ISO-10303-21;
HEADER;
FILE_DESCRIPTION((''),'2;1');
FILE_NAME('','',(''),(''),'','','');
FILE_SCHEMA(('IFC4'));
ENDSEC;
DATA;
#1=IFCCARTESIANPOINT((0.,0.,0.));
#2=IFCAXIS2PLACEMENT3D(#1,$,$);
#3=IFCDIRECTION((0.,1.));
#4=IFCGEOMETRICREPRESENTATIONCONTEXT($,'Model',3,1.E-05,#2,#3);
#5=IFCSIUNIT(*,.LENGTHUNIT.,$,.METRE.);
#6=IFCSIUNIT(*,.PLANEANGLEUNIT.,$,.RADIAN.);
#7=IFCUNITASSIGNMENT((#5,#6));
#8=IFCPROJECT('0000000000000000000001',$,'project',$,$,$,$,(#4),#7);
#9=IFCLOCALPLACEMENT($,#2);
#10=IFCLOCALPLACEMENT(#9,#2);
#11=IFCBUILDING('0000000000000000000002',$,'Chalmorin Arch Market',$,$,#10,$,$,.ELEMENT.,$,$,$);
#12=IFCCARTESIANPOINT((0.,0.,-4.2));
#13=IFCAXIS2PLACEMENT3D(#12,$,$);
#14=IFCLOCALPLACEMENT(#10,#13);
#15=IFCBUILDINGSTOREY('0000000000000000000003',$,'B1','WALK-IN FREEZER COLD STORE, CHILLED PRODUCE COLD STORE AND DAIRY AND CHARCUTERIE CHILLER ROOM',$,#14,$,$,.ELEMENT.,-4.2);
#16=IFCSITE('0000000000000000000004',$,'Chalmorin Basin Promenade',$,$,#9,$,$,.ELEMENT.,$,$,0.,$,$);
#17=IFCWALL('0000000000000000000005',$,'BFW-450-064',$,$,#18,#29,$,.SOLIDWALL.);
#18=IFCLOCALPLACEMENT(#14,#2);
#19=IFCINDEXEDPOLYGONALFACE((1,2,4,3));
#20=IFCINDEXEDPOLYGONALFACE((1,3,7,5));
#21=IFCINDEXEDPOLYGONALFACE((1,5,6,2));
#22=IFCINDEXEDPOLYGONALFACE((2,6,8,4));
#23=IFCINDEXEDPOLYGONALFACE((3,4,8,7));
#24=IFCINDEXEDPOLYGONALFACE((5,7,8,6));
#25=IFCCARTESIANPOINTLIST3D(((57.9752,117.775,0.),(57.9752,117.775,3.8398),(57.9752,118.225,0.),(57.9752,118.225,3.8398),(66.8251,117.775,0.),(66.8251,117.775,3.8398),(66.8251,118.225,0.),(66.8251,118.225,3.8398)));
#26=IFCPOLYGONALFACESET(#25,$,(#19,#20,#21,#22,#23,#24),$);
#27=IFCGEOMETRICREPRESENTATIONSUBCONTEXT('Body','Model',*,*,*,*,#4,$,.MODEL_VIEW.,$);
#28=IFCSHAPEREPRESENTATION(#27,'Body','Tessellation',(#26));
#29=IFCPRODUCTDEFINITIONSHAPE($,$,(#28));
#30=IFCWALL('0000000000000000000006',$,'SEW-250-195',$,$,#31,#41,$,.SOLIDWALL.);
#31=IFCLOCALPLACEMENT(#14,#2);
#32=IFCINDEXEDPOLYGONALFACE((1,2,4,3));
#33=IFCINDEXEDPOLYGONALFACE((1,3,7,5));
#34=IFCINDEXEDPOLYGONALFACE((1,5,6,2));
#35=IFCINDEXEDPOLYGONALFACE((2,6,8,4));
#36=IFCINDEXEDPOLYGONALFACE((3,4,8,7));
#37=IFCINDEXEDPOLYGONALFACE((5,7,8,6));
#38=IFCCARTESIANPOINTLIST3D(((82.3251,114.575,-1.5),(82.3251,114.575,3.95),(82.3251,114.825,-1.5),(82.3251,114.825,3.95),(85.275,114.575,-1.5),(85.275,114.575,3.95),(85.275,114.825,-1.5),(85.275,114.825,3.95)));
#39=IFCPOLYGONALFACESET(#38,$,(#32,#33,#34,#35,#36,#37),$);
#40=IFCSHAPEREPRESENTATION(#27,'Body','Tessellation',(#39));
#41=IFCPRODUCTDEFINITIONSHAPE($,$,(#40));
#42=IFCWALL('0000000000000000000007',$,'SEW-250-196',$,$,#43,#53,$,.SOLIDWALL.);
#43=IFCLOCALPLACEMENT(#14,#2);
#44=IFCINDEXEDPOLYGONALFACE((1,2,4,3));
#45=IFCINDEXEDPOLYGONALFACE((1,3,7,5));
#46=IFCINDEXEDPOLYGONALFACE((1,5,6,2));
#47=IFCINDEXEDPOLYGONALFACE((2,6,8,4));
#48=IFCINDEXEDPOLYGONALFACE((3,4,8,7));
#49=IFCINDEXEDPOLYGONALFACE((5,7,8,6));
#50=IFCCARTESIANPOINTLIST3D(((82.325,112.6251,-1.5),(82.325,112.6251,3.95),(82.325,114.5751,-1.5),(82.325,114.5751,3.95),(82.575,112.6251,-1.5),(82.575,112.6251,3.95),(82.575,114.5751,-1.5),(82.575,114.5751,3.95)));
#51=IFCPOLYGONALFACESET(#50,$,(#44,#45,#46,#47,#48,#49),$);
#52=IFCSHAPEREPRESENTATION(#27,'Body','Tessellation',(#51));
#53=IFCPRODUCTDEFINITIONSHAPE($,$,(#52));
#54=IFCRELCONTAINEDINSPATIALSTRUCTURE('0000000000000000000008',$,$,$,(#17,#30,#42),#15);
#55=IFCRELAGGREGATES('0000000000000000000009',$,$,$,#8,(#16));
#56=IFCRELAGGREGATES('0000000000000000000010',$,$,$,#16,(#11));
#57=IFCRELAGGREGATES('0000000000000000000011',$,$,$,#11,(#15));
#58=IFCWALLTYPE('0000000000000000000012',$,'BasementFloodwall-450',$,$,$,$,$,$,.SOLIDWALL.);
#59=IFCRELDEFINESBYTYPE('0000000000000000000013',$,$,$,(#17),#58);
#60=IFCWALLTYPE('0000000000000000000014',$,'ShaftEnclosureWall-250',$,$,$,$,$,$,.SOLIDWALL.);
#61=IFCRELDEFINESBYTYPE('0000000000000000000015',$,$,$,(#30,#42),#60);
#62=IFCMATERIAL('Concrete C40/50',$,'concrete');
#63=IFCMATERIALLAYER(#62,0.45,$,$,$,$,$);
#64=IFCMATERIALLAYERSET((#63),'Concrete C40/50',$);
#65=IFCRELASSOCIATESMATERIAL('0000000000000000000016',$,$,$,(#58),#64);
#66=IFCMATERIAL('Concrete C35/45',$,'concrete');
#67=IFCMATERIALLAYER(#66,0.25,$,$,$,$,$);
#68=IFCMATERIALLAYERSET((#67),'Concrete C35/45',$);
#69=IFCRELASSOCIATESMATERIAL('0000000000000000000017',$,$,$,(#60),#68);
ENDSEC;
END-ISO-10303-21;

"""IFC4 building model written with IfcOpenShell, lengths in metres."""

from ifc_helpers import new_model, si_unit, direction, frame, frame_2d, origin, place, context, subcontext, project, spatial, rectangle, extrude, material, layer, layer_set, type_object, element, save


model = new_model("IFC4")

# Units and contexts
model_context = context("Model", 3, precision=1e-05, world=origin(), true_north=direction((0.0, 1.0)))
body_context = subcontext(model_context, "Body", "Model", "MODEL_VIEW")
ifc_project = project(units=[si_unit("LENGTHUNIT", "METRE"), si_unit("PLANEANGLEUNIT", "RADIAN")], contexts=[model_context])

# Site, building, storey
site_placement = place(None, origin())
site = spatial("IfcSite", under=ifc_project, at=site_placement, Name="Chalmorin Basin Promenade", CompositionType="ELEMENT", RefElevation=0.0)
building_placement = place(site_placement, origin())
building = spatial("IfcBuilding", under=site, at=building_placement, Name="Chalmorin Arch Market", CompositionType="ELEMENT")
storey_placement = place(building_placement, frame((0.0, 0.0, -4.2)))
storey = spatial("IfcBuildingStorey", under=building, at=storey_placement, Name="B1", Description="WALK-IN FREEZER COLD STORE, CHILLED PRODUCE COLD STORE AND DAIRY AND CHARCUTERIE CHILLER ROOM", CompositionType="ELEMENT", Elevation=-4.2)

# Shared definitions
ifc_material_1 = material(Name="Concrete C40/50", Category="concrete")

# Walls
ifc_layer_1 = layer(ifc_material_1, 0.45)
ifc_layer_set_1 = layer_set([ifc_layer_1], Name="Concrete C40/50")
wall_type_1 = type_object("IfcWallType", Name="BasementFloodwall-450", PredefinedType="SOLIDWALL", material=ifc_layer_set_1)
wall_1_placement = place(storey_placement, frame((66.825, 118.0, 0.0), z_axis=(0.0, 0.0, 1.0), x_axis=(-1.0, 0.0, 0.0)))
element("IfcWall", 1, at=wall_1_placement, inside=storey, type_object=wall_type_1, Name="BFW-450-064", PredefinedType="SOLIDWALL", context=body_context, shape_type="SweptSolid", body=[
    extrude(rectangle(XDim=8.8499, YDim=0.45, at=frame_2d((4.4248, 0.0))), origin(), (0.0, 0.0, 1.0), 3.8398),
])
ifc_material_2 = material(Name="Concrete C35/45", Category="concrete")
ifc_layer_2 = layer(ifc_material_2, 0.25)
ifc_layer_set_2 = layer_set([ifc_layer_2], Name="Concrete C35/45")
wall_type_2 = type_object("IfcWallType", Name="ShaftEnclosureWall-250", PredefinedType="SOLIDWALL", material=ifc_layer_set_2)
wall_2_placement = place(storey_placement, frame((82.325, 114.7, -1.5), z_axis=(0.0, 0.0, 1.0), x_axis=(1.0, 0.0, 0.0)))
element("IfcWall", 2, at=wall_2_placement, inside=storey, type_object=wall_type_2, Name="SEW-250-195", PredefinedType="SOLIDWALL", context=body_context, shape_type="SweptSolid", body=[
    extrude(rectangle(XDim=2.95, YDim=0.25, at=frame_2d((1.4751, 0.0))), origin(), (0.0, 0.0, 1.0), 5.45),
])
wall_3_placement = place(storey_placement, frame((82.45, 112.625, -1.5), z_axis=(0.0, 0.0, 1.0), x_axis=(0.0, 1.0, 0.0)))
element("IfcWall", 3, at=wall_3_placement, inside=storey, type_object=wall_type_2, Name="SEW-250-196", PredefinedType="SOLIDWALL", context=body_context, shape_type="SweptSolid", body=[
    extrude(rectangle(XDim=1.95, YDim=0.25, at=frame_2d((0.9751, 0.0))), origin(), (0.0, 0.0, 1.0), 5.45),
])

save(model, "model.ifc")
